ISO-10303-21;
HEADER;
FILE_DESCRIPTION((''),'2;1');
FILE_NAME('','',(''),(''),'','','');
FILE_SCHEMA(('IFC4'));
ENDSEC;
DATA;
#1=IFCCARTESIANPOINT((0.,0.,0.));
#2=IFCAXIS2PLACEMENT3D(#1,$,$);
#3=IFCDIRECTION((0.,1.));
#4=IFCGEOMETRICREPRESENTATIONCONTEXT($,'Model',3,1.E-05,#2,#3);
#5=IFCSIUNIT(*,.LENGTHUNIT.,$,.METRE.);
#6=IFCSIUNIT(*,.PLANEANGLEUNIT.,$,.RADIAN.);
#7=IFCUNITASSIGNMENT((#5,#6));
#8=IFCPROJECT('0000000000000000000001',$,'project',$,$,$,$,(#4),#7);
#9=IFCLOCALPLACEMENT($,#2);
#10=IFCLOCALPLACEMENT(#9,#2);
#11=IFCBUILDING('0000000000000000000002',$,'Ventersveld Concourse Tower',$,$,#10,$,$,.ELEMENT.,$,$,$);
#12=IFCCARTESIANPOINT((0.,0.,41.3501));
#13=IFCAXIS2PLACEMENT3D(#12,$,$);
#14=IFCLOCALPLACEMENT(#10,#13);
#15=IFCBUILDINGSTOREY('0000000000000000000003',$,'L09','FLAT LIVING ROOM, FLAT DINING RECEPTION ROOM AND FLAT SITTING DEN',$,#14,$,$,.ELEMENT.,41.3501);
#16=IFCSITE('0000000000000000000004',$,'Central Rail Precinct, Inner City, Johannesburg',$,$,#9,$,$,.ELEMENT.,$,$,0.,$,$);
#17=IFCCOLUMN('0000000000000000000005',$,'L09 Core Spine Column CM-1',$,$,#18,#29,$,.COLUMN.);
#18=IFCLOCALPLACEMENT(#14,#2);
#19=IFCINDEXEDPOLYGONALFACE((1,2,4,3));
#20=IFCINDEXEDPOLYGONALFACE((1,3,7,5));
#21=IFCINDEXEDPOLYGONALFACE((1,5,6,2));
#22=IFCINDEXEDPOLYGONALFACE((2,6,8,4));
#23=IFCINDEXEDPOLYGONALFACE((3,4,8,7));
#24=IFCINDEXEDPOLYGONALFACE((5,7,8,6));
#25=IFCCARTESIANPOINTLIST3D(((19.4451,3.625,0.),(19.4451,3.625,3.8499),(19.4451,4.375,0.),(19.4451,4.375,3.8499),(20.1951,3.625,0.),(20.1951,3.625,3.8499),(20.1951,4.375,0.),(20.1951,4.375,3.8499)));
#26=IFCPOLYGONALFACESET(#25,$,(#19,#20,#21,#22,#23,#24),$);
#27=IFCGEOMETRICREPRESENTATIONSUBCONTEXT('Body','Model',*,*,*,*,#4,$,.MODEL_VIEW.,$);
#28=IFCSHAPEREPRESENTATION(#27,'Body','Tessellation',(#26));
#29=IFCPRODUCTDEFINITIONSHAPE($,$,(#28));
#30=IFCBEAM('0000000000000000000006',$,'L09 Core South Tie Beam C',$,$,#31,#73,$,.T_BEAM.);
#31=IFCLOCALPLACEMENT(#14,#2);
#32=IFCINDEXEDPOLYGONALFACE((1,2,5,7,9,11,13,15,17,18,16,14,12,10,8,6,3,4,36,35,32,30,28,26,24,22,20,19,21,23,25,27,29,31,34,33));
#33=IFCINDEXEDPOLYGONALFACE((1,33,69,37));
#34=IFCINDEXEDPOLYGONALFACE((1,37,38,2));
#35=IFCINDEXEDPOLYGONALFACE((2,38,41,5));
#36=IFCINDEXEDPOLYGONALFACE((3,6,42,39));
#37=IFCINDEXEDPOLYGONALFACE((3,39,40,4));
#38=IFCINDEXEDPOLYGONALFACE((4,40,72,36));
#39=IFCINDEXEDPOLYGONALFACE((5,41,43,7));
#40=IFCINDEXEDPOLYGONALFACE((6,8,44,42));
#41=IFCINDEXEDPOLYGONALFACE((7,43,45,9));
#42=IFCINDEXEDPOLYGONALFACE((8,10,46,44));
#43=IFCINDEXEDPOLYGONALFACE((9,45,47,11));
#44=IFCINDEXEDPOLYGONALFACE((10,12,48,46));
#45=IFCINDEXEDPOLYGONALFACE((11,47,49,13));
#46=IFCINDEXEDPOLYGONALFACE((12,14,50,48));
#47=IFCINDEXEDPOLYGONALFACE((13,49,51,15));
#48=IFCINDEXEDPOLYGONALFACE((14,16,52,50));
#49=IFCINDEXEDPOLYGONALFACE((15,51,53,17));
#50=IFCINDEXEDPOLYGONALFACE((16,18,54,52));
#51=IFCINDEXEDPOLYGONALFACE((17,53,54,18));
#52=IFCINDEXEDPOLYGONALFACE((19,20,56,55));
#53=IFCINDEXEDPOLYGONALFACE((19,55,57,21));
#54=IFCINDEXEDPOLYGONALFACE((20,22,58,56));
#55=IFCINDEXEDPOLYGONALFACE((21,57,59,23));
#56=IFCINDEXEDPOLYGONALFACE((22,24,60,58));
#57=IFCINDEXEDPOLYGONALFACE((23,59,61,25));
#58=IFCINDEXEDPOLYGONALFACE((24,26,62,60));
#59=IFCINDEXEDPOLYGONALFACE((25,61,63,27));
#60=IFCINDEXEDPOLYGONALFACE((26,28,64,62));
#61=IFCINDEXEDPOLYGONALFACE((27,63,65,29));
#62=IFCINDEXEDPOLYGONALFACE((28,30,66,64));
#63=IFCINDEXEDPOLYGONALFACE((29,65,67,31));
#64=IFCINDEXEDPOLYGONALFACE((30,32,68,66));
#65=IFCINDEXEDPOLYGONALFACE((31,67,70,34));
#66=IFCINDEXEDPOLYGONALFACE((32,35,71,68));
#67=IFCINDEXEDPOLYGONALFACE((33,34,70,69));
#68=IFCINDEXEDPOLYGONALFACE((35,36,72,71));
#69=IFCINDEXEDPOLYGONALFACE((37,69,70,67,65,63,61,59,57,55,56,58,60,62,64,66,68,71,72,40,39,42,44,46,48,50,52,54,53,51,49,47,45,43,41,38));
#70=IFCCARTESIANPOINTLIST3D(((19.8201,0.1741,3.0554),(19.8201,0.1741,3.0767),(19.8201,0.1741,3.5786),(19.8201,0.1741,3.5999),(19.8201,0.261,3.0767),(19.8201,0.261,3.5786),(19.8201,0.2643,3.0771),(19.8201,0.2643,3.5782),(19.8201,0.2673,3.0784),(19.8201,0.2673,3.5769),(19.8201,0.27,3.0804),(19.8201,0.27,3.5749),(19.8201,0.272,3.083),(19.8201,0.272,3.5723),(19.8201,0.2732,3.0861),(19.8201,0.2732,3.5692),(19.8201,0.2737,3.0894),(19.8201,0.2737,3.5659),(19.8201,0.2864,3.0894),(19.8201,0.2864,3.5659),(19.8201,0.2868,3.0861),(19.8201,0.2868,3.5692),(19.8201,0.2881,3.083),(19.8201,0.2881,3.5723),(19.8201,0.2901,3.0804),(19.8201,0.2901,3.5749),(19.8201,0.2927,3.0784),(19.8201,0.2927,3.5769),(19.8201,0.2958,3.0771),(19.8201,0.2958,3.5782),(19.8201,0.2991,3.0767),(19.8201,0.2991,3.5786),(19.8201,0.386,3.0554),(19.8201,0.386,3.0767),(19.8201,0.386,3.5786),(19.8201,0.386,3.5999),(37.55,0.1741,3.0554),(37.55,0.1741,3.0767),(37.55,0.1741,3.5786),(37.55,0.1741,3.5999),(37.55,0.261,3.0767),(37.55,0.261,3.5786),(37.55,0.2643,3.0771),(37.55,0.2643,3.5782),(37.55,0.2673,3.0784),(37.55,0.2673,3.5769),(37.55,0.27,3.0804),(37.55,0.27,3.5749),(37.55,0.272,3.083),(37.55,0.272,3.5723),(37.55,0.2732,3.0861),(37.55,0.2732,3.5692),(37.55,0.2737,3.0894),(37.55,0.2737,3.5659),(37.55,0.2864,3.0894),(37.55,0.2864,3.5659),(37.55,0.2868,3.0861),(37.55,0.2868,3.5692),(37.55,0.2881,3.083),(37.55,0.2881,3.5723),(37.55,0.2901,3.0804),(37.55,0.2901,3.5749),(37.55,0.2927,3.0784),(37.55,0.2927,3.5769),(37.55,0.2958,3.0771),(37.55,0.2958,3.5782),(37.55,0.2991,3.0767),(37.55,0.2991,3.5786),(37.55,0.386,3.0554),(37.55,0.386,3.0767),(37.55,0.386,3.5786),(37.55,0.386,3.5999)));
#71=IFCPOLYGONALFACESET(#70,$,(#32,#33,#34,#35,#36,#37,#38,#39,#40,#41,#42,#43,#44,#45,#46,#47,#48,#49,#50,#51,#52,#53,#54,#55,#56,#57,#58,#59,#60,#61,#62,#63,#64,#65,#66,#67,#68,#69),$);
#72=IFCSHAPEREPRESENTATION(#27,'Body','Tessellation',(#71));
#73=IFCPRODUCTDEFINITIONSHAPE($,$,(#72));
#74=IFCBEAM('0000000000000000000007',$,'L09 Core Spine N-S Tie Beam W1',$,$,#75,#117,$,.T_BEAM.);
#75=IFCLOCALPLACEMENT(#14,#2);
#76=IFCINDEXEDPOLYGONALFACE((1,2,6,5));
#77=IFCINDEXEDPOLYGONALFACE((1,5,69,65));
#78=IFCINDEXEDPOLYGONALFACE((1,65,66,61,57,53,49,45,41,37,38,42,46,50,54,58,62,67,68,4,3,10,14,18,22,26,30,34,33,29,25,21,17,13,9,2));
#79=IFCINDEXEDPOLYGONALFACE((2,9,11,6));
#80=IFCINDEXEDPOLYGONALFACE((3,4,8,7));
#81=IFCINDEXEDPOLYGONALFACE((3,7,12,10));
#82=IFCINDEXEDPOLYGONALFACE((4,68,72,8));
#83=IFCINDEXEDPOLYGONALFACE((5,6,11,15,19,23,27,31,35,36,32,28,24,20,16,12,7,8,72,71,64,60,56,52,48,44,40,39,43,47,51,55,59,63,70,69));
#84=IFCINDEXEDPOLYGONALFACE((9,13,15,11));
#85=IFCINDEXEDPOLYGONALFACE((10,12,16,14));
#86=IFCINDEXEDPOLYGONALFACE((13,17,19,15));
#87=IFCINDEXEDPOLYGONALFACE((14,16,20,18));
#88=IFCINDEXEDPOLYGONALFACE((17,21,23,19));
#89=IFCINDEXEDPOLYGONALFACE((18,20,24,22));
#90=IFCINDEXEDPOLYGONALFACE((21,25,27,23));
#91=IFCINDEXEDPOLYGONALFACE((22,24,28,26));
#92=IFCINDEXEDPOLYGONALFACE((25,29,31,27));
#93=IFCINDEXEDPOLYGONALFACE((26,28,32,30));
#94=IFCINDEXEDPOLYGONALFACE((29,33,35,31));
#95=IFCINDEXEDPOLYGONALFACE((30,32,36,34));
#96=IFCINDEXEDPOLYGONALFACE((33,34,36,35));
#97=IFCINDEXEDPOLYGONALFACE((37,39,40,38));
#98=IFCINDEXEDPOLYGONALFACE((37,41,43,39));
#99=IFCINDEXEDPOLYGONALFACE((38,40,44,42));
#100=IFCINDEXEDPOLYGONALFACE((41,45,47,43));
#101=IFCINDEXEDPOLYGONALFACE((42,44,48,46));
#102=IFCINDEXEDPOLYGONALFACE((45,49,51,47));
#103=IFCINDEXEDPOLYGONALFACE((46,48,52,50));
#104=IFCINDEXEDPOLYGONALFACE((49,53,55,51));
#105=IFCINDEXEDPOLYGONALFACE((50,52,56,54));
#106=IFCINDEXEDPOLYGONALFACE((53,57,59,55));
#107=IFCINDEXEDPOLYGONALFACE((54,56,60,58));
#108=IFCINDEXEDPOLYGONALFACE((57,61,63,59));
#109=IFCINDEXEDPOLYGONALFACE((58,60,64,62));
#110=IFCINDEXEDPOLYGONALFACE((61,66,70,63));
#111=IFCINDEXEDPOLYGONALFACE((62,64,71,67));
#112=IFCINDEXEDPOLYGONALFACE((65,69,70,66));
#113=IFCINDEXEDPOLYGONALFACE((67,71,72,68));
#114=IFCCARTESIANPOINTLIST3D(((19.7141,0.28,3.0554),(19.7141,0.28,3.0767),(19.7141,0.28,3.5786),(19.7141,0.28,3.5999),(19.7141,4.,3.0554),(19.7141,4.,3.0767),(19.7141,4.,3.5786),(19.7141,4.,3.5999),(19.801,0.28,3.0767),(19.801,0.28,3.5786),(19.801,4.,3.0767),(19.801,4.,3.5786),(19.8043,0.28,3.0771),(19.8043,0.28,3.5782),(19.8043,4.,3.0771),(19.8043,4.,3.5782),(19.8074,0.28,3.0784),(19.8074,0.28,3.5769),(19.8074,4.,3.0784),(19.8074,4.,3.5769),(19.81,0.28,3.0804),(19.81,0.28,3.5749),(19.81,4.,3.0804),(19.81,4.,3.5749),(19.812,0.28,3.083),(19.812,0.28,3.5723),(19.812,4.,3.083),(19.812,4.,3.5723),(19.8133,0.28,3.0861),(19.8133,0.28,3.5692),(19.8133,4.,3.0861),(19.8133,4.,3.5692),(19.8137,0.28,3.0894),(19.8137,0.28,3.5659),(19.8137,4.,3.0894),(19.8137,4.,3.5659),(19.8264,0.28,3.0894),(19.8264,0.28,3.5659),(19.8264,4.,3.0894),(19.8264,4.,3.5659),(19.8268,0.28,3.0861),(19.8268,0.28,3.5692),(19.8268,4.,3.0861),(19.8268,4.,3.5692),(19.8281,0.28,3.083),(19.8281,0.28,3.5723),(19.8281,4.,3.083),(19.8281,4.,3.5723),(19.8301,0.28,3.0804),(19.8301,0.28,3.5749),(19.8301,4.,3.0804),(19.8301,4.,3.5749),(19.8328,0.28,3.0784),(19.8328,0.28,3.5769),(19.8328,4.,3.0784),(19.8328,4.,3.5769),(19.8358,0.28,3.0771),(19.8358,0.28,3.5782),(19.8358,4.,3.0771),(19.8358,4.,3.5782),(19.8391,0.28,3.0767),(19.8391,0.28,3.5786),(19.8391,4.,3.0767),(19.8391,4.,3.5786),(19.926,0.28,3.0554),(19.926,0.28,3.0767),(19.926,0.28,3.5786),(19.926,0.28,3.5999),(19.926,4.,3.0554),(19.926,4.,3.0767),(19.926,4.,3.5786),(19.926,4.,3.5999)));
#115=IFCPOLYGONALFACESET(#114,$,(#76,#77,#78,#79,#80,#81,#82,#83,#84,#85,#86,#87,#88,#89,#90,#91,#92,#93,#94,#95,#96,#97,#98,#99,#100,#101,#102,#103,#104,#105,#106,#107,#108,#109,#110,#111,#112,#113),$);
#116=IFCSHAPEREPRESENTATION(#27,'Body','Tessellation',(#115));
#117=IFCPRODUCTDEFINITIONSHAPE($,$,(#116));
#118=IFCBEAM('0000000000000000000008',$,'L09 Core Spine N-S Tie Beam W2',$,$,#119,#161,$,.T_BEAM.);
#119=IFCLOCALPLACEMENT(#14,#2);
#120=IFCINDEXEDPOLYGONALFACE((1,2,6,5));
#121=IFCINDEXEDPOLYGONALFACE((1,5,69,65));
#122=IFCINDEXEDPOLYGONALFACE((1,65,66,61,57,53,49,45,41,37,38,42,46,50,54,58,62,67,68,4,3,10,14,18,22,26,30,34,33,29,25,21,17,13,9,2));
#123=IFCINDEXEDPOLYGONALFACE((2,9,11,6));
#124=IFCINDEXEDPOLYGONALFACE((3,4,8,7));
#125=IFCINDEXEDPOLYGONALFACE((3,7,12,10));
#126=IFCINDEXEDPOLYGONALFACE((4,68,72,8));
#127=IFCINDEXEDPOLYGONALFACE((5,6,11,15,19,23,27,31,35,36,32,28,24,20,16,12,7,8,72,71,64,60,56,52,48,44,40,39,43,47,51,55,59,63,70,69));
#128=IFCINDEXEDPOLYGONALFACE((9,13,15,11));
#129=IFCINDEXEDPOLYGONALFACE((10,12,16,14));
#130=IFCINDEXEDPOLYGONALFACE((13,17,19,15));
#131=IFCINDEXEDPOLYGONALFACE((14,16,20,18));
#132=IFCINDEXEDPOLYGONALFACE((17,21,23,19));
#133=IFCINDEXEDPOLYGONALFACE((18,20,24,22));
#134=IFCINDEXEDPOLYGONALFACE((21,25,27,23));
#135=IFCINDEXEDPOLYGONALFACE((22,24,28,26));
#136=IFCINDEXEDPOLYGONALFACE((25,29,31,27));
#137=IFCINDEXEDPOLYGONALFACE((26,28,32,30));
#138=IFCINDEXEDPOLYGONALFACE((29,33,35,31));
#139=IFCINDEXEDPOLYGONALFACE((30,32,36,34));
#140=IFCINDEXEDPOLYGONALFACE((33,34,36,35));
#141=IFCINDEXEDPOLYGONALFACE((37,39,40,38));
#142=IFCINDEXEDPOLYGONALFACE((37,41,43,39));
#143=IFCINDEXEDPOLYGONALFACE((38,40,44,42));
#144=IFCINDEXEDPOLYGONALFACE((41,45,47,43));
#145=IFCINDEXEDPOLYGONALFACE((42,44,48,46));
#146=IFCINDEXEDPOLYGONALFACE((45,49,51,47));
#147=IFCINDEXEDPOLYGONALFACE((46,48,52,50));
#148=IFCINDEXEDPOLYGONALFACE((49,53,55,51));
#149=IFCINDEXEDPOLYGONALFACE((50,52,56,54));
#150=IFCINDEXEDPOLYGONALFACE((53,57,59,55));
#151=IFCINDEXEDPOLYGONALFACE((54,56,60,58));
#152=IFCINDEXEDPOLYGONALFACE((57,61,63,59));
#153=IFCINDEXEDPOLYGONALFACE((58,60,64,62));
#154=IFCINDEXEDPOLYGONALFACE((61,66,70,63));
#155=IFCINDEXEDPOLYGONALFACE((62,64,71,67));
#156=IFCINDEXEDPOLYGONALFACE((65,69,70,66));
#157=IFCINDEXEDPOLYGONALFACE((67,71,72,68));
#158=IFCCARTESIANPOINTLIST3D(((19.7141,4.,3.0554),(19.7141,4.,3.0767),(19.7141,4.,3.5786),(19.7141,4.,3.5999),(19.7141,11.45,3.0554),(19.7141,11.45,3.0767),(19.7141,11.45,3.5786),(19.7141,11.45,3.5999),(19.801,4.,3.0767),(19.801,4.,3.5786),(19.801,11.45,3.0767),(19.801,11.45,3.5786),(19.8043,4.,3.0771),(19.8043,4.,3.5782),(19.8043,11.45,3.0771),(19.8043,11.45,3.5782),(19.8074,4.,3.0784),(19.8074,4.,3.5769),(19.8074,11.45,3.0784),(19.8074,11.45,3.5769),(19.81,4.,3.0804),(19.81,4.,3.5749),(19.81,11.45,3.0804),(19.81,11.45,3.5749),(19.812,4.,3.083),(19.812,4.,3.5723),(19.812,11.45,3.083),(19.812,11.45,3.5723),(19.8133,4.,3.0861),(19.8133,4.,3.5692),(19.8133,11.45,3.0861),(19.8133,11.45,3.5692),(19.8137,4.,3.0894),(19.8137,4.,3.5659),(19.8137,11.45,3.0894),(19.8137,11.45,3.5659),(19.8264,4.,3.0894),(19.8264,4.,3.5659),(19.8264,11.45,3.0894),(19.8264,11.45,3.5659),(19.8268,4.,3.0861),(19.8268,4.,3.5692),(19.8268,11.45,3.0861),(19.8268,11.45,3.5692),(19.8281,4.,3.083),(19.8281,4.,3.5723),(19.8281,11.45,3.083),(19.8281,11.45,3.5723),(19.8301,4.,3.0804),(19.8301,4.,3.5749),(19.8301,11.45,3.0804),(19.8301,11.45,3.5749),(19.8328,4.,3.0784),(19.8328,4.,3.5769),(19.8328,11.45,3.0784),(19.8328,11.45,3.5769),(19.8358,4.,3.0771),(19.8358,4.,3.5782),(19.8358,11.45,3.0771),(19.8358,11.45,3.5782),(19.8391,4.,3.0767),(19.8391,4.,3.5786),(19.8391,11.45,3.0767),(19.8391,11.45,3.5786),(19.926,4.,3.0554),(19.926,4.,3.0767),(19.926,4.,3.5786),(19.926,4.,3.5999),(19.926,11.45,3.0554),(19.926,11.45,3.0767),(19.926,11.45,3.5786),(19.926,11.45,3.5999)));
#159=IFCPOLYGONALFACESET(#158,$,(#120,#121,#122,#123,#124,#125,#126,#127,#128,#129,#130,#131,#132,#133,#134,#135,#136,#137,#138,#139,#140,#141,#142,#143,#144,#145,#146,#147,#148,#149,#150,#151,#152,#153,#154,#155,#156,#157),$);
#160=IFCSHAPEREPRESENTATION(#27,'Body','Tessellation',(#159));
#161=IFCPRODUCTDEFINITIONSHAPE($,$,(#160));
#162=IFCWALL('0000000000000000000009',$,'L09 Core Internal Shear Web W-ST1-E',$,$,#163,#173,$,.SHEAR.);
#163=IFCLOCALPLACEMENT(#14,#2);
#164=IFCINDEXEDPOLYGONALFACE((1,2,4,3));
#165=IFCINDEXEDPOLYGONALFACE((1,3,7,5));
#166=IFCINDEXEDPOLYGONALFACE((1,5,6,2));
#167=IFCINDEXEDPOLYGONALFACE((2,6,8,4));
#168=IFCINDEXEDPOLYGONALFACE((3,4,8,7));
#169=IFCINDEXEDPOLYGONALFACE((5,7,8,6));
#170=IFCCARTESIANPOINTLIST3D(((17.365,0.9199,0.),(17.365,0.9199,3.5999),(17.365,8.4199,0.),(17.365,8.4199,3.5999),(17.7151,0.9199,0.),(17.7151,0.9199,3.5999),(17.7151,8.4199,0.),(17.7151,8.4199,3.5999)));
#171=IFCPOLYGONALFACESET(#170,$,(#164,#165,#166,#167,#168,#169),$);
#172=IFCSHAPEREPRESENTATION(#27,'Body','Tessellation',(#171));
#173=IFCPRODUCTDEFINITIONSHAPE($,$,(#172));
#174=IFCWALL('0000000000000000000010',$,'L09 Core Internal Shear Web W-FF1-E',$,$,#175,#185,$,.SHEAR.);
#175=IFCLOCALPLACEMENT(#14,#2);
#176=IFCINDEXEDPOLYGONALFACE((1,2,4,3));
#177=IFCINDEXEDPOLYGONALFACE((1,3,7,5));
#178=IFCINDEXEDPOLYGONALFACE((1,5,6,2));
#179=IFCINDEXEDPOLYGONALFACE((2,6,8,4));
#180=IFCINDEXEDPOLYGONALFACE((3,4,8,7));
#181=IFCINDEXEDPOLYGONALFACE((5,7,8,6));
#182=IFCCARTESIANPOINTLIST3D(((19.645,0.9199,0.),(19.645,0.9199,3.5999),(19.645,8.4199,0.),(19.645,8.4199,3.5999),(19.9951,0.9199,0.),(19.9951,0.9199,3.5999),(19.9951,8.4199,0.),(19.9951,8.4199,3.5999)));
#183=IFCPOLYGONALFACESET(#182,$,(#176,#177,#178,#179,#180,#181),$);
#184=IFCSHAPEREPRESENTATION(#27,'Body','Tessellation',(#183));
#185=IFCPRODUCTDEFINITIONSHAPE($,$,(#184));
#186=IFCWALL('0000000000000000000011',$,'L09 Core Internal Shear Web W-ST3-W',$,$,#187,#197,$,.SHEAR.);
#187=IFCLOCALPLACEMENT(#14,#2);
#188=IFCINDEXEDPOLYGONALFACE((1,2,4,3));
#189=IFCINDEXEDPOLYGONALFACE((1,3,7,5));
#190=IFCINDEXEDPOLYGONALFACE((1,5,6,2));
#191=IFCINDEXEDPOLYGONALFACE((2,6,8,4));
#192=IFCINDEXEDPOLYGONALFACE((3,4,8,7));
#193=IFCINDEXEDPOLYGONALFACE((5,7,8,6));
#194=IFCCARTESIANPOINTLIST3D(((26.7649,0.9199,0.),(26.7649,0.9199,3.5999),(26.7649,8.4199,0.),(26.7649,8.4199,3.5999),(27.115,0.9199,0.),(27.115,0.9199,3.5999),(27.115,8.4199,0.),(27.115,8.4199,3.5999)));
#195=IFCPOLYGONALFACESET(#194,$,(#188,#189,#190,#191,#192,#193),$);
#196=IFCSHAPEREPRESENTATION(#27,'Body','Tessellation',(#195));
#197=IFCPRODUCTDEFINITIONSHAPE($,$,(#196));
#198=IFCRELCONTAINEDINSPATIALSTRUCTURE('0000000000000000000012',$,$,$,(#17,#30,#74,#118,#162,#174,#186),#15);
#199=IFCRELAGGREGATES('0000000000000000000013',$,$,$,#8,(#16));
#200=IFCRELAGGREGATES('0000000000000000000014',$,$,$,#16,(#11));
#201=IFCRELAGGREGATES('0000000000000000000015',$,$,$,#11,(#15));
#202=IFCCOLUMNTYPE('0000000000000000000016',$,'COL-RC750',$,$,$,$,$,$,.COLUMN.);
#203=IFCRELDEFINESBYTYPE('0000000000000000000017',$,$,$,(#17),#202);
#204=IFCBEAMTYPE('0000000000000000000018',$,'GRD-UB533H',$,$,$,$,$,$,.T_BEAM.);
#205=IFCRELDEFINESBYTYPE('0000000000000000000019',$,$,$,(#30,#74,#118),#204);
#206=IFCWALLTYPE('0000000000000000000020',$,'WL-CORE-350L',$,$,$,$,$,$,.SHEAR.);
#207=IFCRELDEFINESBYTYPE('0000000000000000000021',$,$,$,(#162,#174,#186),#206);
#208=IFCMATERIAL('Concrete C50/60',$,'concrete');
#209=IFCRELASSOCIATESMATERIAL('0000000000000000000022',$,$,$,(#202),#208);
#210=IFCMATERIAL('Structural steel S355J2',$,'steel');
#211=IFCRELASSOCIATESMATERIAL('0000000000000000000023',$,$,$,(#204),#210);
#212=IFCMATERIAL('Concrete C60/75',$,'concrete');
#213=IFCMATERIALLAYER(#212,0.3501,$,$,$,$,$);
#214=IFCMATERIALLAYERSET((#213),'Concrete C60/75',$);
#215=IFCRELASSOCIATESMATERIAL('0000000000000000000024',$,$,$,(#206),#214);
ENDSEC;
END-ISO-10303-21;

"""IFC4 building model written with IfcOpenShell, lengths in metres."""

from ifc_helpers import new_model, si_unit, direction, frame, frame_2d, origin, origin_2d, place, context, subcontext, project, spatial, rectangle, i_section, extrude, material, layer, layer_set, material_profile, profile_set, type_object, element, save


model = new_model("IFC4")

# Units and contexts
model_context = context("Model", 3, precision=1e-05, world=origin(), true_north=direction((0.0, 1.0)))
body_context = subcontext(model_context, "Body", "Model", "MODEL_VIEW")
ifc_project = project(units=[si_unit("LENGTHUNIT", "METRE"), si_unit("PLANEANGLEUNIT", "RADIAN")], contexts=[model_context])

# Site, building, storey
site_placement = place(None, origin())
site = spatial("IfcSite", under=ifc_project, at=site_placement, Name="Central Rail Precinct, Inner City, Johannesburg", CompositionType="ELEMENT", RefElevation=0.0)
building_placement = place(site_placement, origin())
building = spatial("IfcBuilding", under=site, at=building_placement, Name="Ventersveld Concourse Tower", CompositionType="ELEMENT")
storey_placement = place(building_placement, frame((0.0, 0.0, 41.3501)))
storey = spatial("IfcBuildingStorey", under=building, at=storey_placement, Name="L09", Description="FLAT LIVING ROOM, FLAT DINING RECEPTION ROOM AND FLAT SITTING DEN", CompositionType="ELEMENT", Elevation=41.3501)

# Column
ifc_material_1 = material(Name="Concrete C50/60", Category="concrete")
ifc_material_profile_1 = material_profile(ifc_material_1, rectangle(XDim=0.75, YDim=0.75, at=origin_2d()), Name="RC 750x750")
ifc_profile_set_1 = profile_set([ifc_material_profile_1], Name="Concrete C50/60")
column_type = type_object("IfcColumnType", Name="COL-RC750", PredefinedType="COLUMN", material=ifc_profile_set_1)
column_placement = place(storey_placement, frame((19.8201, 4.0, 0.0), z_axis=(0.0, 0.0, 1.0), x_axis=(1.0, 0.0, 0.0)))
element("IfcColumn", 1, at=column_placement, inside=storey, type_object=column_type, Name="L09 Core Spine Column CM-1", PredefinedType="COLUMN", context=body_context, shape_type="SweptSolid", body=[
    extrude(rectangle(XDim=0.75, YDim=0.75, at=origin_2d()), origin(), (0.0, 0.0, 1.0), 3.8499),
])

# Beams
ifc_material_2 = material(Name="Structural steel S355J2", Category="steel")
ifc_material_profile_2 = material_profile(ifc_material_2, i_section(OverallWidth=0.2119, OverallDepth=0.5444, WebThickness=0.0127, FlangeThickness=0.0212, FilletRadius=0.0127, at=origin_2d()), Name="UB 533x210x122")
ifc_profile_set_2 = profile_set([ifc_material_profile_2], Name="Structural steel S355J2")
beam_type = type_object("IfcBeamType", Name="GRD-UB533H", PredefinedType="T_BEAM", material=ifc_profile_set_2)
beam_1_placement = place(storey_placement, frame((19.8201, 0.28, 3.3276), z_axis=(1.0, 0.0, 0.0), x_axis=(0.0, 1.0, 0.0)))
element("IfcBeam", 2, at=beam_1_placement, inside=storey, type_object=beam_type, Name="L09 Core South Tie Beam C", PredefinedType="T_BEAM", context=body_context, shape_type="SweptSolid", body=[
    extrude(i_section(OverallWidth=0.2119, OverallDepth=0.5444, WebThickness=0.0127, FlangeThickness=0.0212, FilletRadius=0.0127, at=origin_2d()), origin(), (0.0, 0.0, 1.0), 17.73),
])
beam_2_placement = place(storey_placement, frame((19.8201, 0.28, 3.3276), z_axis=(0.0, 1.0, 0.0), x_axis=(-1.0, 0.0, 0.0)))
element("IfcBeam", 3, at=beam_2_placement, inside=storey, type_object=beam_type, Name="L09 Core Spine N-S Tie Beam W1", PredefinedType="T_BEAM", context=body_context, shape_type="SweptSolid", body=[
    extrude(i_section(OverallWidth=0.2119, OverallDepth=0.5444, WebThickness=0.0127, FlangeThickness=0.0212, FilletRadius=0.0127, at=origin_2d()), origin(), (0.0, 0.0, 1.0), 3.72),
])
beam_3_placement = place(storey_placement, frame((19.8201, 4.0, 3.3276), z_axis=(0.0, 1.0, 0.0), x_axis=(-1.0, 0.0, 0.0)))
element("IfcBeam", 4, at=beam_3_placement, inside=storey, type_object=beam_type, Name="L09 Core Spine N-S Tie Beam W2", PredefinedType="T_BEAM", context=body_context, shape_type="SweptSolid", body=[
    extrude(i_section(OverallWidth=0.2119, OverallDepth=0.5444, WebThickness=0.0127, FlangeThickness=0.0212, FilletRadius=0.0127, at=origin_2d()), origin(), (0.0, 0.0, 1.0), 7.45),
])

# Walls
ifc_material_3 = material(Name="Concrete C60/75", Category="concrete")
ifc_layer_1 = layer(ifc_material_3, 0.3501)
ifc_layer_set_1 = layer_set([ifc_layer_1], Name="Concrete C60/75")
wall_type_1 = type_object("IfcWallType", Name="WL-CORE-350L", PredefinedType="SHEAR", material=ifc_layer_set_1)
for number, where, z_axis, x_axis, name in (
    (5, (17.54, 0.9199, 0.0), (0.0, 0.0, 1.0), (0.0, 1.0, 0.0), "L09 Core Internal Shear Web W-ST1-E"),
    (6, (19.8201, 0.9199, 0.0), (0.0, 0.0, 1.0), (0.0, 1.0, 0.0), "L09 Core Internal Shear Web W-FF1-E"),
    (7, (26.9399, 0.9199, 0.0), (0.0, 0.0, 1.0), (0.0, 1.0, 0.0), "L09 Core Internal Shear Web W-ST3-W"),
):
    element("IfcWall", number, at=place(storey_placement, frame(where, z_axis=z_axis, x_axis=x_axis)), inside=storey, type_object=wall_type_1, Name=name, PredefinedType="SHEAR", context=body_context, shape_type="SweptSolid", body=[
        extrude(rectangle(XDim=7.5, YDim=0.3501, at=frame_2d((3.75, 0.0))), origin(), (0.0, 0.0, 1.0), 3.5999),
    ])

save(model, "model.ifc")
